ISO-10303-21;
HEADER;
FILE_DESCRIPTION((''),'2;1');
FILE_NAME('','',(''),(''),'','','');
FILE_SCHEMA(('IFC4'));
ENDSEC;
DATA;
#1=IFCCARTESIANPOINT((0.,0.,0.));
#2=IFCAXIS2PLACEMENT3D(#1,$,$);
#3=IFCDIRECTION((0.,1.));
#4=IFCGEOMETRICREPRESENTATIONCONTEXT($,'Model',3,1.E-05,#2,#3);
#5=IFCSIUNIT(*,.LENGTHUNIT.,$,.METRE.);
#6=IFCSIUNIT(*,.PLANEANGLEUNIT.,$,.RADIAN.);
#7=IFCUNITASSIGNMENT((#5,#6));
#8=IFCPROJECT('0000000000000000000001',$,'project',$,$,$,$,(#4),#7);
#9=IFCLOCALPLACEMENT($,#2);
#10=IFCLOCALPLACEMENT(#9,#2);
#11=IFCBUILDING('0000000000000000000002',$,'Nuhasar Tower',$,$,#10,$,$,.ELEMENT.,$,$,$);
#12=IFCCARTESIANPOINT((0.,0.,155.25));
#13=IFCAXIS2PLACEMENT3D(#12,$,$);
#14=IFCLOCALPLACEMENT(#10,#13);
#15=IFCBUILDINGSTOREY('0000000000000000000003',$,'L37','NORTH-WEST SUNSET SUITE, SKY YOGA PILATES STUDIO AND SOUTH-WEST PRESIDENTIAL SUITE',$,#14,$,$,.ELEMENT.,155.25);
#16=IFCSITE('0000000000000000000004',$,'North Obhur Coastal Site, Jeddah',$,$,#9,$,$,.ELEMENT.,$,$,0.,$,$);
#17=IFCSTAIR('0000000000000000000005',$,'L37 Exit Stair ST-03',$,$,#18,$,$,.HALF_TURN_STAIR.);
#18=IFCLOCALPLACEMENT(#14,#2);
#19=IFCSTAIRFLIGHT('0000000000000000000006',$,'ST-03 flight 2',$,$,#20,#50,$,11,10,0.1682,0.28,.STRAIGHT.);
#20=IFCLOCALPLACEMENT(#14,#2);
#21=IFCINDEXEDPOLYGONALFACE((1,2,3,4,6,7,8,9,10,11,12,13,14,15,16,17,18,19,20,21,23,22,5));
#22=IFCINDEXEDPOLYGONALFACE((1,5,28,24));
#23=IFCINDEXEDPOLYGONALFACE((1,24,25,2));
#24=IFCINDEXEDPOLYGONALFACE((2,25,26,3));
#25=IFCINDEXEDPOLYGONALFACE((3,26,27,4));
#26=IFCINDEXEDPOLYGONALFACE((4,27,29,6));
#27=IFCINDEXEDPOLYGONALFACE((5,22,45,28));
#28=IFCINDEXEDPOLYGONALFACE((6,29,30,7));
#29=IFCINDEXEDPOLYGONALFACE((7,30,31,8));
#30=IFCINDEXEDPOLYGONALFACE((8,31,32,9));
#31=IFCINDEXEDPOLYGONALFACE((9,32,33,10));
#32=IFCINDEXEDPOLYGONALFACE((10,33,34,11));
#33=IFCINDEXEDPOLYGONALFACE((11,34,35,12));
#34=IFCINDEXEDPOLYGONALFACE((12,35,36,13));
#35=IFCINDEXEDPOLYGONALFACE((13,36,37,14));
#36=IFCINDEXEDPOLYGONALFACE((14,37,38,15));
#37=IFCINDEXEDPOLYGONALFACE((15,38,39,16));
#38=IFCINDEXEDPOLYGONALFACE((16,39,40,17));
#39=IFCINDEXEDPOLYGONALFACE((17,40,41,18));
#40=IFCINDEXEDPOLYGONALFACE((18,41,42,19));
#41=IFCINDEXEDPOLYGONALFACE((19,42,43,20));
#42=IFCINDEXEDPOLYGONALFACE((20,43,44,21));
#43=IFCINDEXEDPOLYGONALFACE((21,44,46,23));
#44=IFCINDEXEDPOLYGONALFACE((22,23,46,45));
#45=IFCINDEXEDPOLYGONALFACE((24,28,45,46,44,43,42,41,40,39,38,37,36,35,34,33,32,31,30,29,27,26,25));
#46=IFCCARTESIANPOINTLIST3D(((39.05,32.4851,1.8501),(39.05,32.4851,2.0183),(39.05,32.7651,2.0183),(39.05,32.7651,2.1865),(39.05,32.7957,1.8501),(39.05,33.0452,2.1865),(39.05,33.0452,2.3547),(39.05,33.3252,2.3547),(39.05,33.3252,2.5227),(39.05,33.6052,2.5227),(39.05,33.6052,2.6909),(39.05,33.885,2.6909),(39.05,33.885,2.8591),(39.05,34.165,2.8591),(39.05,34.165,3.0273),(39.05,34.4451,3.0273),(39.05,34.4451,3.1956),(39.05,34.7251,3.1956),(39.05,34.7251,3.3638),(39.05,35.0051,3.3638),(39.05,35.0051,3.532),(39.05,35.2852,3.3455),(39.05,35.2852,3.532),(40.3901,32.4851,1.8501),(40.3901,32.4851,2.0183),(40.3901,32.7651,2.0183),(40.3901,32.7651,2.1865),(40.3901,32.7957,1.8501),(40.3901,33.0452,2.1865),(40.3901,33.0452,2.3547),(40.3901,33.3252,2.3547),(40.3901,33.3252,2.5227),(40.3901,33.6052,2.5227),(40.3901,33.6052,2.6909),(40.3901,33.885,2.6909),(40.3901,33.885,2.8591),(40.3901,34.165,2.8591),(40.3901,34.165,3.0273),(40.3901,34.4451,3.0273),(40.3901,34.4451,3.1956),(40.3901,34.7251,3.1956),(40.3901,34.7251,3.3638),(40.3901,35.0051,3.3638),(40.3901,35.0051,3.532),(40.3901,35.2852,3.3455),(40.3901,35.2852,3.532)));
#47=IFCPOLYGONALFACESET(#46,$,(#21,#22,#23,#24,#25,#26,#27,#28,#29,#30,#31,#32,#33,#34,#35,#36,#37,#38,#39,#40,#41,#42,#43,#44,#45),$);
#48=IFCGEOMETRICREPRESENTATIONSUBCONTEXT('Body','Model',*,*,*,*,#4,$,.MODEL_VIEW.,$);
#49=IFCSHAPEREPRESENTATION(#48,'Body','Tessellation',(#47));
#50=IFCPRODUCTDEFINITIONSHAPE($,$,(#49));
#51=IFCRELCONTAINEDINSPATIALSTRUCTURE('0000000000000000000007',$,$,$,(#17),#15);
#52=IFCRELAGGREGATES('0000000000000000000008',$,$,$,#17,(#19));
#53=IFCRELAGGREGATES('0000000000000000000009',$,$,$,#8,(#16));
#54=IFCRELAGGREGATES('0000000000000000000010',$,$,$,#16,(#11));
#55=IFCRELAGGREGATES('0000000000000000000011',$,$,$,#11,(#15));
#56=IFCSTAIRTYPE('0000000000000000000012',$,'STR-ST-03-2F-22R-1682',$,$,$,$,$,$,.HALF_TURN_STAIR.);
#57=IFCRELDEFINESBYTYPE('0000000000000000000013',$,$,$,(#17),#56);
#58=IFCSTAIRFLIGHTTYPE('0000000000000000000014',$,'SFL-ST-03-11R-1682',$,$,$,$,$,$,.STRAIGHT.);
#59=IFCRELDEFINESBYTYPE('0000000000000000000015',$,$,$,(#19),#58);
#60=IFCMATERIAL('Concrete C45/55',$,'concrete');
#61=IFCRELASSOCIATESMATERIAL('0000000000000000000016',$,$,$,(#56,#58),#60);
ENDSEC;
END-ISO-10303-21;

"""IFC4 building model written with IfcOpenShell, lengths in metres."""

from ifc_helpers import new_model, si_unit, direction, frame, origin, place, context, subcontext, project, spatial, polyline, outline, extrude, material, type_object, element, aggregate, save


model = new_model("IFC4")

# Units and contexts
model_context = context("Model", 3, precision=1e-05, world=origin(), true_north=direction((0.0, 1.0)))
body_context = subcontext(model_context, "Body", "Model", "MODEL_VIEW")
ifc_project = project(units=[si_unit("LENGTHUNIT", "METRE"), si_unit("PLANEANGLEUNIT", "RADIAN")], contexts=[model_context])

# Site, building, storey
site_placement = place(None, origin())
site = spatial("IfcSite", under=ifc_project, at=site_placement, Name="North Obhur Coastal Site, Jeddah", CompositionType="ELEMENT", RefElevation=0.0)
building_placement = place(site_placement, origin())
building = spatial("IfcBuilding", under=site, at=building_placement, Name="Nuhasar Tower", CompositionType="ELEMENT")
storey_placement = place(building_placement, frame((0.0, 0.0, 155.25)))
storey = spatial("IfcBuildingStorey", under=building, at=storey_placement, Name="L37", Description="NORTH-WEST SUNSET SUITE, SKY YOGA PILATES STUDIO AND SOUTH-WEST PRESIDENTIAL SUITE", CompositionType="ELEMENT", Elevation=155.25)

# Shared definitions
ifc_material_1 = material(Name="Concrete C45/55", Category="concrete")

# Stair, stair flight
stair_type_1 = type_object("IfcStairType", Name="STR-ST-03-2F-22R-1682", PredefinedType="HALF_TURN_STAIR", material=ifc_material_1)
stair_1_placement = place(storey_placement, origin())
stair_1 = element("IfcStair", 1, at=stair_1_placement, inside=storey, type_object=stair_type_1, Name="L37 Exit Stair ST-03", PredefinedType="HALF_TURN_STAIR")
stair_flight_type_1 = type_object("IfcStairFlightType", Name="SFL-ST-03-11R-1682", PredefinedType="STRAIGHT", material=ifc_material_1)
stair_flight_1_placement = place(storey_placement, frame((39.72, 32.4851, 1.8501), z_axis=(0.0, 0.0, 1.0), x_axis=(0.0, 1.0, 0.0)))
stair_flight_1 = element("IfcStairFlight", 2, at=stair_flight_1_placement, type_object=stair_flight_type_1, Name="ST-03 flight 2", NumberOfRisers=11, NumberOfTreads=10, PredefinedType="STRAIGHT", RiserHeight=0.1682, TreadLength=0.28, context=body_context, shape_type="SweptSolid", body=[
    extrude(outline(polyline([(0.0, 0.0), (0.0, 0.1682), (0.28, 0.1682), (0.28, 0.3364), (0.5601, 0.3364), (0.5601, 0.5046), (0.8401, 0.5046), (0.8401, 0.6726), (1.1201, 0.6726), (1.1201, 0.8408), (1.3999, 0.8408), (1.3999, 1.009), (1.6799, 1.009), (1.6799, 1.1772), (1.96, 1.1772), (1.96, 1.3455), (2.24, 1.3455), (2.24, 1.5137), (2.52, 1.5137), (2.52, 1.6819), (2.8, 1.6819), (2.8, 1.8501), (2.8, 1.4954), (0.3105, 0.0), (0.0, 0.0)])), frame((0.0, 0.6699, 0.0), z_axis=(0.0, -1.0, 0.0), x_axis=(1.0, 0.0, 0.0)), (0.0, 0.0, 1.0), 1.3401),
])
aggregate(stair_1, [stair_flight_1])

save(model, "model.ifc")
